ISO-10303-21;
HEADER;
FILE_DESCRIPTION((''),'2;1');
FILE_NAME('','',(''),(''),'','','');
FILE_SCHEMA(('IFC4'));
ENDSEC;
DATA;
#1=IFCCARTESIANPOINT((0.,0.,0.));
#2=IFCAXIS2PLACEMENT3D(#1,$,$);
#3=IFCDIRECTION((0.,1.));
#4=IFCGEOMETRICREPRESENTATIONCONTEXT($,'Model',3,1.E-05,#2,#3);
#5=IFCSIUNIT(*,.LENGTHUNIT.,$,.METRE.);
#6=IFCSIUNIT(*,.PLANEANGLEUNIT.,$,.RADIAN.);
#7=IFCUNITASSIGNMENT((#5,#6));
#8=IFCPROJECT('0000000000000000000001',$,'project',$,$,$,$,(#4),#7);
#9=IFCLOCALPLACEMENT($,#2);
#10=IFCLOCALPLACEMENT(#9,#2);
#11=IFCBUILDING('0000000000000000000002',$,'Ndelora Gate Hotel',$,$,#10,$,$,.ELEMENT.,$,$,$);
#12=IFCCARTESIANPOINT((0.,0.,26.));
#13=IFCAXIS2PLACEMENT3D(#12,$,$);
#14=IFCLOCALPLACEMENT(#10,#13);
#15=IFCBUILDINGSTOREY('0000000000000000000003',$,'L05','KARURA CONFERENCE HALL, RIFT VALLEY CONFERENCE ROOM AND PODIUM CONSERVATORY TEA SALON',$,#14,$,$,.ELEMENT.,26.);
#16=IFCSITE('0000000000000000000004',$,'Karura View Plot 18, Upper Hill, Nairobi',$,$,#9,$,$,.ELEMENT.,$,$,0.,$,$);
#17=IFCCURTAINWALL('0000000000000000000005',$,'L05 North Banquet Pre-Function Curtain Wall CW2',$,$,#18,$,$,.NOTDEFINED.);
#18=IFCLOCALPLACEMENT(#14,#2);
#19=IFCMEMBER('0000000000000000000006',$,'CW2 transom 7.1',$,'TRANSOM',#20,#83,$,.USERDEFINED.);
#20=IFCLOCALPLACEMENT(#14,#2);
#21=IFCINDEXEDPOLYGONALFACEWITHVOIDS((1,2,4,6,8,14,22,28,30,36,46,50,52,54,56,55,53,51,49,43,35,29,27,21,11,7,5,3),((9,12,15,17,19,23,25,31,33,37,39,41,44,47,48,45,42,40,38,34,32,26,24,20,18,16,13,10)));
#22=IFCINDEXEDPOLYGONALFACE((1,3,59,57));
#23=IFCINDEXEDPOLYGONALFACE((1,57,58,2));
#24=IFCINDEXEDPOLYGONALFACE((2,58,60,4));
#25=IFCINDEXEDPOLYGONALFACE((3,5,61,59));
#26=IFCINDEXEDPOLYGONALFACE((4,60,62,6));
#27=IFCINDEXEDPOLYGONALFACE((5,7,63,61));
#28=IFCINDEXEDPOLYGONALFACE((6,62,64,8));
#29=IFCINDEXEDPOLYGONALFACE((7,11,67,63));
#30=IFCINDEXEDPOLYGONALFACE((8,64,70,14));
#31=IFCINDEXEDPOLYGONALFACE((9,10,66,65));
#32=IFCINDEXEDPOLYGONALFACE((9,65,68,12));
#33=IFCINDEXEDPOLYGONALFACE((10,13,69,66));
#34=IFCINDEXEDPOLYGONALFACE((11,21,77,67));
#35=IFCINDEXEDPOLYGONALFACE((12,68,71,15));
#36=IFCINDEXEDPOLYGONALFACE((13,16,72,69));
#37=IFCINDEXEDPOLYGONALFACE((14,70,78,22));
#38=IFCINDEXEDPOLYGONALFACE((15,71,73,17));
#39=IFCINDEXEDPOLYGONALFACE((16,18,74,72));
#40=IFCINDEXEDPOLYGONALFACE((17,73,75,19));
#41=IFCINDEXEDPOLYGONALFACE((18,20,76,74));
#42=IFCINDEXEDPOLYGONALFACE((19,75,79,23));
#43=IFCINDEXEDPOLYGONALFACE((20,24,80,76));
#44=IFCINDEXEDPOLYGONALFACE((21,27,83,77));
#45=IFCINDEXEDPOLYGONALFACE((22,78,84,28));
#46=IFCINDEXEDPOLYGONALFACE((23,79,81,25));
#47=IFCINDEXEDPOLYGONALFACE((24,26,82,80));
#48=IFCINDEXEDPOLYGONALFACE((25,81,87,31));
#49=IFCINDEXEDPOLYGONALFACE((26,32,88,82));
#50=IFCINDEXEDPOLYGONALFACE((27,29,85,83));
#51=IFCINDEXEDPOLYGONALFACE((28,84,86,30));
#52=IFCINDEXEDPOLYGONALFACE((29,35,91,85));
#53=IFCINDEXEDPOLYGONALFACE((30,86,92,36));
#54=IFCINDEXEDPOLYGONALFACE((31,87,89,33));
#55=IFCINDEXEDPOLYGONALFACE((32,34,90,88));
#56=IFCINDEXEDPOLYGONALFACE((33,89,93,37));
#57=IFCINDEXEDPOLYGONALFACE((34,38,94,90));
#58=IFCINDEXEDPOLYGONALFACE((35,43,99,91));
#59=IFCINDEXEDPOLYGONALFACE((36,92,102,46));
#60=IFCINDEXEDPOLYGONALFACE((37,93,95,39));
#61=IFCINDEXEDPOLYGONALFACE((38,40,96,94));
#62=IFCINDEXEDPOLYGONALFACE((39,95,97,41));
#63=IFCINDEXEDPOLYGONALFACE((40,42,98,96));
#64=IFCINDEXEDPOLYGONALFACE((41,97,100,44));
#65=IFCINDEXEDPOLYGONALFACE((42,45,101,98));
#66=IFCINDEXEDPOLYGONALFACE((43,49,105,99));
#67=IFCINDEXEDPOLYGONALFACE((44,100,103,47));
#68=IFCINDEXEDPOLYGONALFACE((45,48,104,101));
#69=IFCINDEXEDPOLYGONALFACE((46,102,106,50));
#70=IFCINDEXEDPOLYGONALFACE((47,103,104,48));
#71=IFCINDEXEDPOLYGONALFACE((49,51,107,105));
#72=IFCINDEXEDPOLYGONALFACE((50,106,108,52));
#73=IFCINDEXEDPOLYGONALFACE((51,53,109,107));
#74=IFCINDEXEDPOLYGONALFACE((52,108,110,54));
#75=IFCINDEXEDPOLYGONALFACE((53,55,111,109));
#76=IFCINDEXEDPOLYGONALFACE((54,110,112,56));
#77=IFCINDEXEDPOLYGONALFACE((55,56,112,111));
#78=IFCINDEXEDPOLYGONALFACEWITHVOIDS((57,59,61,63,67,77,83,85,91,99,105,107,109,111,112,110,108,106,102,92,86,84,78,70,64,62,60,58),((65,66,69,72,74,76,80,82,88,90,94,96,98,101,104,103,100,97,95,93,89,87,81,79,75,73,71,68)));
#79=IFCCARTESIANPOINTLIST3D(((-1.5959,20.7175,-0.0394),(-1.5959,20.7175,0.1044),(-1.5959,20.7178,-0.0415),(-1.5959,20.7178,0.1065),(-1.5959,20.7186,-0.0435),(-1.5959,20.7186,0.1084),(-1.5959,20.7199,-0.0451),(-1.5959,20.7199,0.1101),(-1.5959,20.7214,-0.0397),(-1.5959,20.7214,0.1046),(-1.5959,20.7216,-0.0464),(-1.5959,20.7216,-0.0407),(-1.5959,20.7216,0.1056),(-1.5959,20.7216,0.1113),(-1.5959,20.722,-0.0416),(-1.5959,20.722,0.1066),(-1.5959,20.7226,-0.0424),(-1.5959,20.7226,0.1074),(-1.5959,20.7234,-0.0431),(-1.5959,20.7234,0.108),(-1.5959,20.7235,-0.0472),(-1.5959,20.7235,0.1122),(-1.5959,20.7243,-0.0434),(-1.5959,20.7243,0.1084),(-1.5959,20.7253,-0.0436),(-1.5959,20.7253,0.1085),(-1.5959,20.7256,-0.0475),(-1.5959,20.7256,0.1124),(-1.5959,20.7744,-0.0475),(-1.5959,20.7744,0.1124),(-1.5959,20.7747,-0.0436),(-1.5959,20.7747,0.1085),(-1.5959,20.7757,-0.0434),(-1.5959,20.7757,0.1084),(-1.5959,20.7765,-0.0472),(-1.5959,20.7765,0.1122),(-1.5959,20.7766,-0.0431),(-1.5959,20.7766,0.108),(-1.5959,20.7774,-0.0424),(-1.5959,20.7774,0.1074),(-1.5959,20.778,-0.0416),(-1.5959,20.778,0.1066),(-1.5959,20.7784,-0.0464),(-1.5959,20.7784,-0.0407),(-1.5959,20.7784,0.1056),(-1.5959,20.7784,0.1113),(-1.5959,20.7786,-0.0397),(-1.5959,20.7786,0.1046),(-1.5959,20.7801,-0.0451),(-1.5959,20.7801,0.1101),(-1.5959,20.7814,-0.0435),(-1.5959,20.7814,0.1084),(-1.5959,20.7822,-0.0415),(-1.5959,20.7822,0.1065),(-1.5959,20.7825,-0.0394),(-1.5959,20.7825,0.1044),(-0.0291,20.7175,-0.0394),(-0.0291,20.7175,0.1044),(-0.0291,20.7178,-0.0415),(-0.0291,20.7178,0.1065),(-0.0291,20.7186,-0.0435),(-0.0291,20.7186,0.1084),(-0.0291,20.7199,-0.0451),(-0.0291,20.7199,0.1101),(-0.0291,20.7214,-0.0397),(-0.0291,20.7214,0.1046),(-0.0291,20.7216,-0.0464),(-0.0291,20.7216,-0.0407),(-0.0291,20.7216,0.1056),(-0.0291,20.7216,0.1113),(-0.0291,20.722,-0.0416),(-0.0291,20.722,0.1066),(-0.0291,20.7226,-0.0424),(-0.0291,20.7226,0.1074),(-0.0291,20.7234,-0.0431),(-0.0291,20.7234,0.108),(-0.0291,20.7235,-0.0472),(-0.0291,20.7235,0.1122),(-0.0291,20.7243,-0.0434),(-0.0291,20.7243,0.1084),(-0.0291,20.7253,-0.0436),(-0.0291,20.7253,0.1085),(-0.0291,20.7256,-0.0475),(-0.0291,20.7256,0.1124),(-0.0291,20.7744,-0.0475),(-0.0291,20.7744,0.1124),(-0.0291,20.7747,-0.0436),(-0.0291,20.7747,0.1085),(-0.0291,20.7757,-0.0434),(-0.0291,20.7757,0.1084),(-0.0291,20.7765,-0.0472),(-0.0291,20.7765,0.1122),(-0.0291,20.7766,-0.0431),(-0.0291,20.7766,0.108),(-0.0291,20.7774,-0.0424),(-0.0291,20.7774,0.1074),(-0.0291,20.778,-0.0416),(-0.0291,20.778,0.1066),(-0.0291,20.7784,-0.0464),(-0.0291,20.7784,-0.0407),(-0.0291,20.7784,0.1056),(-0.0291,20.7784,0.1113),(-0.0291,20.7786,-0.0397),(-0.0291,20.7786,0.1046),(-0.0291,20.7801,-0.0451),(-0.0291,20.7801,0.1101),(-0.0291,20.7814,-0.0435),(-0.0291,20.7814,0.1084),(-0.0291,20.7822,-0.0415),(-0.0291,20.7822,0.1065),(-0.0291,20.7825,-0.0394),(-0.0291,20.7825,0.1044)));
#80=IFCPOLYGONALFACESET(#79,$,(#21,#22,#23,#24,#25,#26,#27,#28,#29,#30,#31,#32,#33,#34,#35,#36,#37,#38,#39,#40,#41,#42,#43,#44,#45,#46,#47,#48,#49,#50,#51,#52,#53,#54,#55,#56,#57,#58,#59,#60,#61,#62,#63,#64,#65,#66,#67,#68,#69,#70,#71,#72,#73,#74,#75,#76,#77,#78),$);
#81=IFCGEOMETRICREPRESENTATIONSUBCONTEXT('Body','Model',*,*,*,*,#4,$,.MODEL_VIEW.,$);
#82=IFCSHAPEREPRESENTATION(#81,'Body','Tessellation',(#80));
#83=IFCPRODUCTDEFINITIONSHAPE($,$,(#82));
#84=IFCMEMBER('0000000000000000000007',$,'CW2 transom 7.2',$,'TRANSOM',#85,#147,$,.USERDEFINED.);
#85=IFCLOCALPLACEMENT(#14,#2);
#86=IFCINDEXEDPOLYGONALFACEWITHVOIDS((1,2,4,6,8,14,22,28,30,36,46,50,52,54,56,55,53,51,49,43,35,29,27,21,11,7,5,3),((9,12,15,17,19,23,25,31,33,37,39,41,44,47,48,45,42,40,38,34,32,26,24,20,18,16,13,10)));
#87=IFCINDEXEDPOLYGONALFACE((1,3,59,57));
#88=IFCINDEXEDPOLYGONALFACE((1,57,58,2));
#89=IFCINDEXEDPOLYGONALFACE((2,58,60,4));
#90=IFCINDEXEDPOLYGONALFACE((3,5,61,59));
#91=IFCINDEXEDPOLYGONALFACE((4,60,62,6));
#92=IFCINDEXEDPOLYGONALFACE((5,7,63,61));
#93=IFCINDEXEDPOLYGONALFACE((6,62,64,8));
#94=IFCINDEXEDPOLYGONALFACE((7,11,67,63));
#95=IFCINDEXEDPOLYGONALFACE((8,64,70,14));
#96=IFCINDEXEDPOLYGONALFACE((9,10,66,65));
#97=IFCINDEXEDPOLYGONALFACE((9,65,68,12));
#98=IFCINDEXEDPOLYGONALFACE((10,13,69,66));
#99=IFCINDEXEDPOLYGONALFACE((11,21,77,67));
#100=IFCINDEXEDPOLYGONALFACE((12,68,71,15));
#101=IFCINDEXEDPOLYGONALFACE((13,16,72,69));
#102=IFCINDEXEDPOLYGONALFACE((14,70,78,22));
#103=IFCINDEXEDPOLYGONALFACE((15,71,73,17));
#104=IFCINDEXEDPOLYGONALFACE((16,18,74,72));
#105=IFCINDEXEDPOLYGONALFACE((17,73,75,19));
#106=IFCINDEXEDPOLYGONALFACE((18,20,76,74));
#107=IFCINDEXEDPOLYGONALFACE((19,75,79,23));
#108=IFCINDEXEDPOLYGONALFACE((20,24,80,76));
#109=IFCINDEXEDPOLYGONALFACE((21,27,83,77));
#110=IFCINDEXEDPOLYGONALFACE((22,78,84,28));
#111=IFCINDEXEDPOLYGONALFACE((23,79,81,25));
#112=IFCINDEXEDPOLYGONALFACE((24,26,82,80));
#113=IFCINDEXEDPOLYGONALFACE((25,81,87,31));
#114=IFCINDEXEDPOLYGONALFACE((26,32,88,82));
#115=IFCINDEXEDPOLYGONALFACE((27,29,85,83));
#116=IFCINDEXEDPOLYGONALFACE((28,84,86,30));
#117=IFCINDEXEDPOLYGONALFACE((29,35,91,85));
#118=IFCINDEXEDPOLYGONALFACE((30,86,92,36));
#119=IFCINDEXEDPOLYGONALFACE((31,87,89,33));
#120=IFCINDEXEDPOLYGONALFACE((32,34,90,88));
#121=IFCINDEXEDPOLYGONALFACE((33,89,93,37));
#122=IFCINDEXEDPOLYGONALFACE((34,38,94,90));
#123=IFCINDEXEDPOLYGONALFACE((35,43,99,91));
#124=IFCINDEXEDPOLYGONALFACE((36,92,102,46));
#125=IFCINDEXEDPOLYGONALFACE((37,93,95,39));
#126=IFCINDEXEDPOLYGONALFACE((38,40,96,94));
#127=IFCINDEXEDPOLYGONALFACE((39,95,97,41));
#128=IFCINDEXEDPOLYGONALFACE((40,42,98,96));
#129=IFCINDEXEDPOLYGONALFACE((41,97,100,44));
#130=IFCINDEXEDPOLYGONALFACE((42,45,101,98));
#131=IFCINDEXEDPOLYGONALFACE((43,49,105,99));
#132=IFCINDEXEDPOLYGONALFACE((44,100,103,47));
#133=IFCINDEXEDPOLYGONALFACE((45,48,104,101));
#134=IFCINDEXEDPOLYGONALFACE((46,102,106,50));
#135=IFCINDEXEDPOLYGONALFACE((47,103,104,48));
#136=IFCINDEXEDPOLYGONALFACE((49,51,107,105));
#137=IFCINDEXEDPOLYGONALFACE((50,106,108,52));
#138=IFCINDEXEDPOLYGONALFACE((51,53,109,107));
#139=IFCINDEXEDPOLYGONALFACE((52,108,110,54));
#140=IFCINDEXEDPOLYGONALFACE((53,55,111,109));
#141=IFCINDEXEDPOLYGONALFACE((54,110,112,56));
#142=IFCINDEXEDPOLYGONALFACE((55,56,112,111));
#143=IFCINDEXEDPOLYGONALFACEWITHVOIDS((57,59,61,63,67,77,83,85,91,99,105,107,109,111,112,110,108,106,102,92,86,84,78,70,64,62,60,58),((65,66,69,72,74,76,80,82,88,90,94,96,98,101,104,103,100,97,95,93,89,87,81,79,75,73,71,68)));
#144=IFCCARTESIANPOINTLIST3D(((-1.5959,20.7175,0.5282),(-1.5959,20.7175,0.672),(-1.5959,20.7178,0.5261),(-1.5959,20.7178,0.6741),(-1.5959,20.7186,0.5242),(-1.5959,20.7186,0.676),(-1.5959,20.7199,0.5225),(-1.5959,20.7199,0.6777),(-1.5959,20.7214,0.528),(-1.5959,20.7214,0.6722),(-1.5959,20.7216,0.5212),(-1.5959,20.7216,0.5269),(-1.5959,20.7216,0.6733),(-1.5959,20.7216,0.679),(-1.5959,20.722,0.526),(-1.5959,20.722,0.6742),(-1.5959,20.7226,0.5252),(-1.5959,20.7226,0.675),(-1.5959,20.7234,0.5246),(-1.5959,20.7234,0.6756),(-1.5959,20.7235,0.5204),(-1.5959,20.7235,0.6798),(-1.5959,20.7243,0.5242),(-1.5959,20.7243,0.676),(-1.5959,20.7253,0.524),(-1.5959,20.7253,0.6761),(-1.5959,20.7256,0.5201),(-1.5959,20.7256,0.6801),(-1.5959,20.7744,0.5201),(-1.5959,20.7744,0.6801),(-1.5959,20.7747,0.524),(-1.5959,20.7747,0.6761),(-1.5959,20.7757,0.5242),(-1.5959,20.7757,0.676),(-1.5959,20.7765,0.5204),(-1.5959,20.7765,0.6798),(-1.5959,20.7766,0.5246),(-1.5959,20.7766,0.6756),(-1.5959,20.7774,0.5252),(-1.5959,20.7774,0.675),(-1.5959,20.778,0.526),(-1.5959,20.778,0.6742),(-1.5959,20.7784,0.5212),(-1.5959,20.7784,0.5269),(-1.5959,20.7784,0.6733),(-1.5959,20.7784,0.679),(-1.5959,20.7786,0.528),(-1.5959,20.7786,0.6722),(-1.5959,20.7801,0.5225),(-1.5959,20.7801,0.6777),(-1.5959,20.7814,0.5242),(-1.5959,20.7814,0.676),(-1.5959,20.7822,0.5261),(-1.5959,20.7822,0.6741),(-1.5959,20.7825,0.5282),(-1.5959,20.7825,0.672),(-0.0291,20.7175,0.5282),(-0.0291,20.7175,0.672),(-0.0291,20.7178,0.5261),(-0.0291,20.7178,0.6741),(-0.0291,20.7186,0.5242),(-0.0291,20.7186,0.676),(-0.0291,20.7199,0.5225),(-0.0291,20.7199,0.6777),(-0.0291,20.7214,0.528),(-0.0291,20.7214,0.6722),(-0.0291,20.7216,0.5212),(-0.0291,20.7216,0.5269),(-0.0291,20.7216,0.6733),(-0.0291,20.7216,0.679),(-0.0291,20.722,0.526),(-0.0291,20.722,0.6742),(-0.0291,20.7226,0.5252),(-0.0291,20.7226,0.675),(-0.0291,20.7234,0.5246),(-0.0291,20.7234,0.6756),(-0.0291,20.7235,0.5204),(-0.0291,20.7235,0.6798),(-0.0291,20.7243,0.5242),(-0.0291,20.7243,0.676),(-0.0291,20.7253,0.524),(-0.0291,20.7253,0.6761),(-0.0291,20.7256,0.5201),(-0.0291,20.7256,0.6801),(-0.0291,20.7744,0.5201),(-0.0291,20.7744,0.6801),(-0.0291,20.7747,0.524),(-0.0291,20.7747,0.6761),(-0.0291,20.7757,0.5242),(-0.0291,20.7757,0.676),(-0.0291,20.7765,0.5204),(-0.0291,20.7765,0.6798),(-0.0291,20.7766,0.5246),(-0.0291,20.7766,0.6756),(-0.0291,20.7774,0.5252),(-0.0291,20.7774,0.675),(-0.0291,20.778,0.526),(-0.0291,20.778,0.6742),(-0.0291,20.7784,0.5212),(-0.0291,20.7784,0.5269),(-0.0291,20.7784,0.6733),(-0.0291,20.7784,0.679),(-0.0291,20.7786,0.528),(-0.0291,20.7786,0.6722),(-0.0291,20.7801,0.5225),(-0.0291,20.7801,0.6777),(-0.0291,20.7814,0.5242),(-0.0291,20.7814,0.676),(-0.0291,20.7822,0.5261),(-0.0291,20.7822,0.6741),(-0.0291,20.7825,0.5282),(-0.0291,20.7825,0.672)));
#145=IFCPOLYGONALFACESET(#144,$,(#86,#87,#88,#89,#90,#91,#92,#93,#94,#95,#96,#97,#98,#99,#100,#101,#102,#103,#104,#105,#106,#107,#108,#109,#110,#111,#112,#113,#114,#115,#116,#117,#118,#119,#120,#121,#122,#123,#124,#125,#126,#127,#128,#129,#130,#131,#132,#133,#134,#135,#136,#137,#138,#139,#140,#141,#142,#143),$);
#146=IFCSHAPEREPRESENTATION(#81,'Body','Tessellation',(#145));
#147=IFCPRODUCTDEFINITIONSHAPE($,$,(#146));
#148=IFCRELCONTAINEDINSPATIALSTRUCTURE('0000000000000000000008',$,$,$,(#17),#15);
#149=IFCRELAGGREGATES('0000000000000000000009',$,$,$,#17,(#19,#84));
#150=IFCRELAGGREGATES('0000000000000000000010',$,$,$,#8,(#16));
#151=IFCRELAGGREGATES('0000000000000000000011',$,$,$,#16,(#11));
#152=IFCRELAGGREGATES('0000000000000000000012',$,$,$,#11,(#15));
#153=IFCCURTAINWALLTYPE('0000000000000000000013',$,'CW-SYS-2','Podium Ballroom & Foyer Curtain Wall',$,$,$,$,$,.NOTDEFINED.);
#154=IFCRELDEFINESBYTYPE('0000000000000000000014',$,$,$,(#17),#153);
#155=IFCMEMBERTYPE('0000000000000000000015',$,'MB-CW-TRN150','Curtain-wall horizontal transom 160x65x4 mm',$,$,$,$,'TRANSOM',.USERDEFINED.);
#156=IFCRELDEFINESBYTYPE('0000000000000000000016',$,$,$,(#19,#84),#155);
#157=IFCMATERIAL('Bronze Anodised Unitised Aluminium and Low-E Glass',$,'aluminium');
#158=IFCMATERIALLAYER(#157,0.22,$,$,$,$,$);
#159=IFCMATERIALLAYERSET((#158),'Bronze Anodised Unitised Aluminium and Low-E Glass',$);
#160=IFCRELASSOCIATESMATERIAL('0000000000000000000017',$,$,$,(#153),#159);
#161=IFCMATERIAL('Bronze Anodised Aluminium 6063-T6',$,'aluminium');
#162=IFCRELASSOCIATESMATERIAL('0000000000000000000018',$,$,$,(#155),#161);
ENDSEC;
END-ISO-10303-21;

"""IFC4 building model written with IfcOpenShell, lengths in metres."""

from ifc_helpers import new_model, si_unit, direction, frame, origin, origin_2d, place, context, subcontext, project, spatial, hollow_rectangle, extrude, material, layer, layer_set, material_profile, profile_set, type_object, element, aggregate, save


model = new_model("IFC4")

# Units and contexts
model_context = context("Model", 3, precision=1e-05, world=origin(), true_north=direction((0.0, 1.0)))
body_context = subcontext(model_context, "Body", "Model", "MODEL_VIEW")
ifc_project = project(units=[si_unit("LENGTHUNIT", "METRE"), si_unit("PLANEANGLEUNIT", "RADIAN")], contexts=[model_context])

# Site, building, storey
site_placement = place(None, origin())
site = spatial("IfcSite", under=ifc_project, at=site_placement, Name="Karura View Plot 18, Upper Hill, Nairobi", CompositionType="ELEMENT", RefElevation=0.0)
building_placement = place(site_placement, origin())
building = spatial("IfcBuilding", under=site, at=building_placement, Name="Ndelora Gate Hotel", CompositionType="ELEMENT")
storey_placement = place(building_placement, frame((0.0, 0.0, 26.0)))
storey = spatial("IfcBuildingStorey", under=building, at=storey_placement, Name="L05", Description="KARURA CONFERENCE HALL, RIFT VALLEY CONFERENCE ROOM AND PODIUM CONSERVATORY TEA SALON", CompositionType="ELEMENT", Elevation=26.0)

# Curtain wall, members
ifc_material_1 = material(Name="Bronze Anodised Unitised Aluminium and Low-E Glass", Category="aluminium")
ifc_layer_1 = layer(ifc_material_1, 0.22)
ifc_layer_set_1 = layer_set([ifc_layer_1], Name="Bronze Anodised Unitised Aluminium and Low-E Glass")
curtain_wall_type = type_object("IfcCurtainWallType", Name="CW-SYS-2", Description="Podium Ballroom & Foyer Curtain Wall", PredefinedType="NOTDEFINED", material=ifc_layer_set_1)
curtain_wall_placement = place(storey_placement, origin())
curtain_wall = element("IfcCurtainWall", 1, at=curtain_wall_placement, inside=storey, type_object=curtain_wall_type, Name="L05 North Banquet Pre-Function Curtain Wall CW2", PredefinedType="NOTDEFINED")
ifc_material_2 = material(Name="Bronze Anodised Aluminium 6063-T6", Category="aluminium")
ifc_material_profile_1 = material_profile(ifc_material_2, hollow_rectangle(XDim=0.0649, YDim=0.1599, WallThickness=0.0039, InnerFilletRadius=0.0039, OuterFilletRadius=0.0081, at=origin_2d()), Name="ALU 160x65x4")
ifc_profile_set_1 = profile_set([ifc_material_profile_1], Name="Bronze Anodised Aluminium 6063-T6")
member_type_1 = type_object("IfcMemberType", Name="MB-CW-TRN150", Description="Curtain-wall horizontal transom 160x65x4 mm", ElementType="TRANSOM", PredefinedType="USERDEFINED", material=ifc_profile_set_1)
member_1_placement = place(storey_placement, frame((-0.0291, 20.75, 0.0325), z_axis=(-1.0, 0.0, 0.0), x_axis=(0.0, -1.0, 0.0)))
member_1 = element("IfcMember", 2, at=member_1_placement, type_object=member_type_1, Name="CW2 transom 7.1", ObjectType="TRANSOM", PredefinedType="USERDEFINED", context=body_context, shape_type="SweptSolid", body=[
    extrude(hollow_rectangle(XDim=0.0649, YDim=0.1599, WallThickness=0.0039, InnerFilletRadius=0.0039, OuterFilletRadius=0.0081, at=origin_2d()), origin(), (0.0, 0.0, 1.0), 1.5669),
])
member_2_placement = place(storey_placement, frame((-0.0291, 20.75, 0.6001), z_axis=(-1.0, 0.0, 0.0), x_axis=(0.0, -1.0, 0.0)))
member_2 = element("IfcMember", 3, at=member_2_placement, type_object=member_type_1, Name="CW2 transom 7.2", ObjectType="TRANSOM", PredefinedType="USERDEFINED", context=body_context, shape_type="SweptSolid", body=[
    extrude(hollow_rectangle(XDim=0.0649, YDim=0.1599, WallThickness=0.0039, InnerFilletRadius=0.0039, OuterFilletRadius=0.0081, at=origin_2d()), origin(), (0.0, 0.0, 1.0), 1.5669),
])
aggregate(curtain_wall, [member_1, member_2])

save(model, "model.ifc")
